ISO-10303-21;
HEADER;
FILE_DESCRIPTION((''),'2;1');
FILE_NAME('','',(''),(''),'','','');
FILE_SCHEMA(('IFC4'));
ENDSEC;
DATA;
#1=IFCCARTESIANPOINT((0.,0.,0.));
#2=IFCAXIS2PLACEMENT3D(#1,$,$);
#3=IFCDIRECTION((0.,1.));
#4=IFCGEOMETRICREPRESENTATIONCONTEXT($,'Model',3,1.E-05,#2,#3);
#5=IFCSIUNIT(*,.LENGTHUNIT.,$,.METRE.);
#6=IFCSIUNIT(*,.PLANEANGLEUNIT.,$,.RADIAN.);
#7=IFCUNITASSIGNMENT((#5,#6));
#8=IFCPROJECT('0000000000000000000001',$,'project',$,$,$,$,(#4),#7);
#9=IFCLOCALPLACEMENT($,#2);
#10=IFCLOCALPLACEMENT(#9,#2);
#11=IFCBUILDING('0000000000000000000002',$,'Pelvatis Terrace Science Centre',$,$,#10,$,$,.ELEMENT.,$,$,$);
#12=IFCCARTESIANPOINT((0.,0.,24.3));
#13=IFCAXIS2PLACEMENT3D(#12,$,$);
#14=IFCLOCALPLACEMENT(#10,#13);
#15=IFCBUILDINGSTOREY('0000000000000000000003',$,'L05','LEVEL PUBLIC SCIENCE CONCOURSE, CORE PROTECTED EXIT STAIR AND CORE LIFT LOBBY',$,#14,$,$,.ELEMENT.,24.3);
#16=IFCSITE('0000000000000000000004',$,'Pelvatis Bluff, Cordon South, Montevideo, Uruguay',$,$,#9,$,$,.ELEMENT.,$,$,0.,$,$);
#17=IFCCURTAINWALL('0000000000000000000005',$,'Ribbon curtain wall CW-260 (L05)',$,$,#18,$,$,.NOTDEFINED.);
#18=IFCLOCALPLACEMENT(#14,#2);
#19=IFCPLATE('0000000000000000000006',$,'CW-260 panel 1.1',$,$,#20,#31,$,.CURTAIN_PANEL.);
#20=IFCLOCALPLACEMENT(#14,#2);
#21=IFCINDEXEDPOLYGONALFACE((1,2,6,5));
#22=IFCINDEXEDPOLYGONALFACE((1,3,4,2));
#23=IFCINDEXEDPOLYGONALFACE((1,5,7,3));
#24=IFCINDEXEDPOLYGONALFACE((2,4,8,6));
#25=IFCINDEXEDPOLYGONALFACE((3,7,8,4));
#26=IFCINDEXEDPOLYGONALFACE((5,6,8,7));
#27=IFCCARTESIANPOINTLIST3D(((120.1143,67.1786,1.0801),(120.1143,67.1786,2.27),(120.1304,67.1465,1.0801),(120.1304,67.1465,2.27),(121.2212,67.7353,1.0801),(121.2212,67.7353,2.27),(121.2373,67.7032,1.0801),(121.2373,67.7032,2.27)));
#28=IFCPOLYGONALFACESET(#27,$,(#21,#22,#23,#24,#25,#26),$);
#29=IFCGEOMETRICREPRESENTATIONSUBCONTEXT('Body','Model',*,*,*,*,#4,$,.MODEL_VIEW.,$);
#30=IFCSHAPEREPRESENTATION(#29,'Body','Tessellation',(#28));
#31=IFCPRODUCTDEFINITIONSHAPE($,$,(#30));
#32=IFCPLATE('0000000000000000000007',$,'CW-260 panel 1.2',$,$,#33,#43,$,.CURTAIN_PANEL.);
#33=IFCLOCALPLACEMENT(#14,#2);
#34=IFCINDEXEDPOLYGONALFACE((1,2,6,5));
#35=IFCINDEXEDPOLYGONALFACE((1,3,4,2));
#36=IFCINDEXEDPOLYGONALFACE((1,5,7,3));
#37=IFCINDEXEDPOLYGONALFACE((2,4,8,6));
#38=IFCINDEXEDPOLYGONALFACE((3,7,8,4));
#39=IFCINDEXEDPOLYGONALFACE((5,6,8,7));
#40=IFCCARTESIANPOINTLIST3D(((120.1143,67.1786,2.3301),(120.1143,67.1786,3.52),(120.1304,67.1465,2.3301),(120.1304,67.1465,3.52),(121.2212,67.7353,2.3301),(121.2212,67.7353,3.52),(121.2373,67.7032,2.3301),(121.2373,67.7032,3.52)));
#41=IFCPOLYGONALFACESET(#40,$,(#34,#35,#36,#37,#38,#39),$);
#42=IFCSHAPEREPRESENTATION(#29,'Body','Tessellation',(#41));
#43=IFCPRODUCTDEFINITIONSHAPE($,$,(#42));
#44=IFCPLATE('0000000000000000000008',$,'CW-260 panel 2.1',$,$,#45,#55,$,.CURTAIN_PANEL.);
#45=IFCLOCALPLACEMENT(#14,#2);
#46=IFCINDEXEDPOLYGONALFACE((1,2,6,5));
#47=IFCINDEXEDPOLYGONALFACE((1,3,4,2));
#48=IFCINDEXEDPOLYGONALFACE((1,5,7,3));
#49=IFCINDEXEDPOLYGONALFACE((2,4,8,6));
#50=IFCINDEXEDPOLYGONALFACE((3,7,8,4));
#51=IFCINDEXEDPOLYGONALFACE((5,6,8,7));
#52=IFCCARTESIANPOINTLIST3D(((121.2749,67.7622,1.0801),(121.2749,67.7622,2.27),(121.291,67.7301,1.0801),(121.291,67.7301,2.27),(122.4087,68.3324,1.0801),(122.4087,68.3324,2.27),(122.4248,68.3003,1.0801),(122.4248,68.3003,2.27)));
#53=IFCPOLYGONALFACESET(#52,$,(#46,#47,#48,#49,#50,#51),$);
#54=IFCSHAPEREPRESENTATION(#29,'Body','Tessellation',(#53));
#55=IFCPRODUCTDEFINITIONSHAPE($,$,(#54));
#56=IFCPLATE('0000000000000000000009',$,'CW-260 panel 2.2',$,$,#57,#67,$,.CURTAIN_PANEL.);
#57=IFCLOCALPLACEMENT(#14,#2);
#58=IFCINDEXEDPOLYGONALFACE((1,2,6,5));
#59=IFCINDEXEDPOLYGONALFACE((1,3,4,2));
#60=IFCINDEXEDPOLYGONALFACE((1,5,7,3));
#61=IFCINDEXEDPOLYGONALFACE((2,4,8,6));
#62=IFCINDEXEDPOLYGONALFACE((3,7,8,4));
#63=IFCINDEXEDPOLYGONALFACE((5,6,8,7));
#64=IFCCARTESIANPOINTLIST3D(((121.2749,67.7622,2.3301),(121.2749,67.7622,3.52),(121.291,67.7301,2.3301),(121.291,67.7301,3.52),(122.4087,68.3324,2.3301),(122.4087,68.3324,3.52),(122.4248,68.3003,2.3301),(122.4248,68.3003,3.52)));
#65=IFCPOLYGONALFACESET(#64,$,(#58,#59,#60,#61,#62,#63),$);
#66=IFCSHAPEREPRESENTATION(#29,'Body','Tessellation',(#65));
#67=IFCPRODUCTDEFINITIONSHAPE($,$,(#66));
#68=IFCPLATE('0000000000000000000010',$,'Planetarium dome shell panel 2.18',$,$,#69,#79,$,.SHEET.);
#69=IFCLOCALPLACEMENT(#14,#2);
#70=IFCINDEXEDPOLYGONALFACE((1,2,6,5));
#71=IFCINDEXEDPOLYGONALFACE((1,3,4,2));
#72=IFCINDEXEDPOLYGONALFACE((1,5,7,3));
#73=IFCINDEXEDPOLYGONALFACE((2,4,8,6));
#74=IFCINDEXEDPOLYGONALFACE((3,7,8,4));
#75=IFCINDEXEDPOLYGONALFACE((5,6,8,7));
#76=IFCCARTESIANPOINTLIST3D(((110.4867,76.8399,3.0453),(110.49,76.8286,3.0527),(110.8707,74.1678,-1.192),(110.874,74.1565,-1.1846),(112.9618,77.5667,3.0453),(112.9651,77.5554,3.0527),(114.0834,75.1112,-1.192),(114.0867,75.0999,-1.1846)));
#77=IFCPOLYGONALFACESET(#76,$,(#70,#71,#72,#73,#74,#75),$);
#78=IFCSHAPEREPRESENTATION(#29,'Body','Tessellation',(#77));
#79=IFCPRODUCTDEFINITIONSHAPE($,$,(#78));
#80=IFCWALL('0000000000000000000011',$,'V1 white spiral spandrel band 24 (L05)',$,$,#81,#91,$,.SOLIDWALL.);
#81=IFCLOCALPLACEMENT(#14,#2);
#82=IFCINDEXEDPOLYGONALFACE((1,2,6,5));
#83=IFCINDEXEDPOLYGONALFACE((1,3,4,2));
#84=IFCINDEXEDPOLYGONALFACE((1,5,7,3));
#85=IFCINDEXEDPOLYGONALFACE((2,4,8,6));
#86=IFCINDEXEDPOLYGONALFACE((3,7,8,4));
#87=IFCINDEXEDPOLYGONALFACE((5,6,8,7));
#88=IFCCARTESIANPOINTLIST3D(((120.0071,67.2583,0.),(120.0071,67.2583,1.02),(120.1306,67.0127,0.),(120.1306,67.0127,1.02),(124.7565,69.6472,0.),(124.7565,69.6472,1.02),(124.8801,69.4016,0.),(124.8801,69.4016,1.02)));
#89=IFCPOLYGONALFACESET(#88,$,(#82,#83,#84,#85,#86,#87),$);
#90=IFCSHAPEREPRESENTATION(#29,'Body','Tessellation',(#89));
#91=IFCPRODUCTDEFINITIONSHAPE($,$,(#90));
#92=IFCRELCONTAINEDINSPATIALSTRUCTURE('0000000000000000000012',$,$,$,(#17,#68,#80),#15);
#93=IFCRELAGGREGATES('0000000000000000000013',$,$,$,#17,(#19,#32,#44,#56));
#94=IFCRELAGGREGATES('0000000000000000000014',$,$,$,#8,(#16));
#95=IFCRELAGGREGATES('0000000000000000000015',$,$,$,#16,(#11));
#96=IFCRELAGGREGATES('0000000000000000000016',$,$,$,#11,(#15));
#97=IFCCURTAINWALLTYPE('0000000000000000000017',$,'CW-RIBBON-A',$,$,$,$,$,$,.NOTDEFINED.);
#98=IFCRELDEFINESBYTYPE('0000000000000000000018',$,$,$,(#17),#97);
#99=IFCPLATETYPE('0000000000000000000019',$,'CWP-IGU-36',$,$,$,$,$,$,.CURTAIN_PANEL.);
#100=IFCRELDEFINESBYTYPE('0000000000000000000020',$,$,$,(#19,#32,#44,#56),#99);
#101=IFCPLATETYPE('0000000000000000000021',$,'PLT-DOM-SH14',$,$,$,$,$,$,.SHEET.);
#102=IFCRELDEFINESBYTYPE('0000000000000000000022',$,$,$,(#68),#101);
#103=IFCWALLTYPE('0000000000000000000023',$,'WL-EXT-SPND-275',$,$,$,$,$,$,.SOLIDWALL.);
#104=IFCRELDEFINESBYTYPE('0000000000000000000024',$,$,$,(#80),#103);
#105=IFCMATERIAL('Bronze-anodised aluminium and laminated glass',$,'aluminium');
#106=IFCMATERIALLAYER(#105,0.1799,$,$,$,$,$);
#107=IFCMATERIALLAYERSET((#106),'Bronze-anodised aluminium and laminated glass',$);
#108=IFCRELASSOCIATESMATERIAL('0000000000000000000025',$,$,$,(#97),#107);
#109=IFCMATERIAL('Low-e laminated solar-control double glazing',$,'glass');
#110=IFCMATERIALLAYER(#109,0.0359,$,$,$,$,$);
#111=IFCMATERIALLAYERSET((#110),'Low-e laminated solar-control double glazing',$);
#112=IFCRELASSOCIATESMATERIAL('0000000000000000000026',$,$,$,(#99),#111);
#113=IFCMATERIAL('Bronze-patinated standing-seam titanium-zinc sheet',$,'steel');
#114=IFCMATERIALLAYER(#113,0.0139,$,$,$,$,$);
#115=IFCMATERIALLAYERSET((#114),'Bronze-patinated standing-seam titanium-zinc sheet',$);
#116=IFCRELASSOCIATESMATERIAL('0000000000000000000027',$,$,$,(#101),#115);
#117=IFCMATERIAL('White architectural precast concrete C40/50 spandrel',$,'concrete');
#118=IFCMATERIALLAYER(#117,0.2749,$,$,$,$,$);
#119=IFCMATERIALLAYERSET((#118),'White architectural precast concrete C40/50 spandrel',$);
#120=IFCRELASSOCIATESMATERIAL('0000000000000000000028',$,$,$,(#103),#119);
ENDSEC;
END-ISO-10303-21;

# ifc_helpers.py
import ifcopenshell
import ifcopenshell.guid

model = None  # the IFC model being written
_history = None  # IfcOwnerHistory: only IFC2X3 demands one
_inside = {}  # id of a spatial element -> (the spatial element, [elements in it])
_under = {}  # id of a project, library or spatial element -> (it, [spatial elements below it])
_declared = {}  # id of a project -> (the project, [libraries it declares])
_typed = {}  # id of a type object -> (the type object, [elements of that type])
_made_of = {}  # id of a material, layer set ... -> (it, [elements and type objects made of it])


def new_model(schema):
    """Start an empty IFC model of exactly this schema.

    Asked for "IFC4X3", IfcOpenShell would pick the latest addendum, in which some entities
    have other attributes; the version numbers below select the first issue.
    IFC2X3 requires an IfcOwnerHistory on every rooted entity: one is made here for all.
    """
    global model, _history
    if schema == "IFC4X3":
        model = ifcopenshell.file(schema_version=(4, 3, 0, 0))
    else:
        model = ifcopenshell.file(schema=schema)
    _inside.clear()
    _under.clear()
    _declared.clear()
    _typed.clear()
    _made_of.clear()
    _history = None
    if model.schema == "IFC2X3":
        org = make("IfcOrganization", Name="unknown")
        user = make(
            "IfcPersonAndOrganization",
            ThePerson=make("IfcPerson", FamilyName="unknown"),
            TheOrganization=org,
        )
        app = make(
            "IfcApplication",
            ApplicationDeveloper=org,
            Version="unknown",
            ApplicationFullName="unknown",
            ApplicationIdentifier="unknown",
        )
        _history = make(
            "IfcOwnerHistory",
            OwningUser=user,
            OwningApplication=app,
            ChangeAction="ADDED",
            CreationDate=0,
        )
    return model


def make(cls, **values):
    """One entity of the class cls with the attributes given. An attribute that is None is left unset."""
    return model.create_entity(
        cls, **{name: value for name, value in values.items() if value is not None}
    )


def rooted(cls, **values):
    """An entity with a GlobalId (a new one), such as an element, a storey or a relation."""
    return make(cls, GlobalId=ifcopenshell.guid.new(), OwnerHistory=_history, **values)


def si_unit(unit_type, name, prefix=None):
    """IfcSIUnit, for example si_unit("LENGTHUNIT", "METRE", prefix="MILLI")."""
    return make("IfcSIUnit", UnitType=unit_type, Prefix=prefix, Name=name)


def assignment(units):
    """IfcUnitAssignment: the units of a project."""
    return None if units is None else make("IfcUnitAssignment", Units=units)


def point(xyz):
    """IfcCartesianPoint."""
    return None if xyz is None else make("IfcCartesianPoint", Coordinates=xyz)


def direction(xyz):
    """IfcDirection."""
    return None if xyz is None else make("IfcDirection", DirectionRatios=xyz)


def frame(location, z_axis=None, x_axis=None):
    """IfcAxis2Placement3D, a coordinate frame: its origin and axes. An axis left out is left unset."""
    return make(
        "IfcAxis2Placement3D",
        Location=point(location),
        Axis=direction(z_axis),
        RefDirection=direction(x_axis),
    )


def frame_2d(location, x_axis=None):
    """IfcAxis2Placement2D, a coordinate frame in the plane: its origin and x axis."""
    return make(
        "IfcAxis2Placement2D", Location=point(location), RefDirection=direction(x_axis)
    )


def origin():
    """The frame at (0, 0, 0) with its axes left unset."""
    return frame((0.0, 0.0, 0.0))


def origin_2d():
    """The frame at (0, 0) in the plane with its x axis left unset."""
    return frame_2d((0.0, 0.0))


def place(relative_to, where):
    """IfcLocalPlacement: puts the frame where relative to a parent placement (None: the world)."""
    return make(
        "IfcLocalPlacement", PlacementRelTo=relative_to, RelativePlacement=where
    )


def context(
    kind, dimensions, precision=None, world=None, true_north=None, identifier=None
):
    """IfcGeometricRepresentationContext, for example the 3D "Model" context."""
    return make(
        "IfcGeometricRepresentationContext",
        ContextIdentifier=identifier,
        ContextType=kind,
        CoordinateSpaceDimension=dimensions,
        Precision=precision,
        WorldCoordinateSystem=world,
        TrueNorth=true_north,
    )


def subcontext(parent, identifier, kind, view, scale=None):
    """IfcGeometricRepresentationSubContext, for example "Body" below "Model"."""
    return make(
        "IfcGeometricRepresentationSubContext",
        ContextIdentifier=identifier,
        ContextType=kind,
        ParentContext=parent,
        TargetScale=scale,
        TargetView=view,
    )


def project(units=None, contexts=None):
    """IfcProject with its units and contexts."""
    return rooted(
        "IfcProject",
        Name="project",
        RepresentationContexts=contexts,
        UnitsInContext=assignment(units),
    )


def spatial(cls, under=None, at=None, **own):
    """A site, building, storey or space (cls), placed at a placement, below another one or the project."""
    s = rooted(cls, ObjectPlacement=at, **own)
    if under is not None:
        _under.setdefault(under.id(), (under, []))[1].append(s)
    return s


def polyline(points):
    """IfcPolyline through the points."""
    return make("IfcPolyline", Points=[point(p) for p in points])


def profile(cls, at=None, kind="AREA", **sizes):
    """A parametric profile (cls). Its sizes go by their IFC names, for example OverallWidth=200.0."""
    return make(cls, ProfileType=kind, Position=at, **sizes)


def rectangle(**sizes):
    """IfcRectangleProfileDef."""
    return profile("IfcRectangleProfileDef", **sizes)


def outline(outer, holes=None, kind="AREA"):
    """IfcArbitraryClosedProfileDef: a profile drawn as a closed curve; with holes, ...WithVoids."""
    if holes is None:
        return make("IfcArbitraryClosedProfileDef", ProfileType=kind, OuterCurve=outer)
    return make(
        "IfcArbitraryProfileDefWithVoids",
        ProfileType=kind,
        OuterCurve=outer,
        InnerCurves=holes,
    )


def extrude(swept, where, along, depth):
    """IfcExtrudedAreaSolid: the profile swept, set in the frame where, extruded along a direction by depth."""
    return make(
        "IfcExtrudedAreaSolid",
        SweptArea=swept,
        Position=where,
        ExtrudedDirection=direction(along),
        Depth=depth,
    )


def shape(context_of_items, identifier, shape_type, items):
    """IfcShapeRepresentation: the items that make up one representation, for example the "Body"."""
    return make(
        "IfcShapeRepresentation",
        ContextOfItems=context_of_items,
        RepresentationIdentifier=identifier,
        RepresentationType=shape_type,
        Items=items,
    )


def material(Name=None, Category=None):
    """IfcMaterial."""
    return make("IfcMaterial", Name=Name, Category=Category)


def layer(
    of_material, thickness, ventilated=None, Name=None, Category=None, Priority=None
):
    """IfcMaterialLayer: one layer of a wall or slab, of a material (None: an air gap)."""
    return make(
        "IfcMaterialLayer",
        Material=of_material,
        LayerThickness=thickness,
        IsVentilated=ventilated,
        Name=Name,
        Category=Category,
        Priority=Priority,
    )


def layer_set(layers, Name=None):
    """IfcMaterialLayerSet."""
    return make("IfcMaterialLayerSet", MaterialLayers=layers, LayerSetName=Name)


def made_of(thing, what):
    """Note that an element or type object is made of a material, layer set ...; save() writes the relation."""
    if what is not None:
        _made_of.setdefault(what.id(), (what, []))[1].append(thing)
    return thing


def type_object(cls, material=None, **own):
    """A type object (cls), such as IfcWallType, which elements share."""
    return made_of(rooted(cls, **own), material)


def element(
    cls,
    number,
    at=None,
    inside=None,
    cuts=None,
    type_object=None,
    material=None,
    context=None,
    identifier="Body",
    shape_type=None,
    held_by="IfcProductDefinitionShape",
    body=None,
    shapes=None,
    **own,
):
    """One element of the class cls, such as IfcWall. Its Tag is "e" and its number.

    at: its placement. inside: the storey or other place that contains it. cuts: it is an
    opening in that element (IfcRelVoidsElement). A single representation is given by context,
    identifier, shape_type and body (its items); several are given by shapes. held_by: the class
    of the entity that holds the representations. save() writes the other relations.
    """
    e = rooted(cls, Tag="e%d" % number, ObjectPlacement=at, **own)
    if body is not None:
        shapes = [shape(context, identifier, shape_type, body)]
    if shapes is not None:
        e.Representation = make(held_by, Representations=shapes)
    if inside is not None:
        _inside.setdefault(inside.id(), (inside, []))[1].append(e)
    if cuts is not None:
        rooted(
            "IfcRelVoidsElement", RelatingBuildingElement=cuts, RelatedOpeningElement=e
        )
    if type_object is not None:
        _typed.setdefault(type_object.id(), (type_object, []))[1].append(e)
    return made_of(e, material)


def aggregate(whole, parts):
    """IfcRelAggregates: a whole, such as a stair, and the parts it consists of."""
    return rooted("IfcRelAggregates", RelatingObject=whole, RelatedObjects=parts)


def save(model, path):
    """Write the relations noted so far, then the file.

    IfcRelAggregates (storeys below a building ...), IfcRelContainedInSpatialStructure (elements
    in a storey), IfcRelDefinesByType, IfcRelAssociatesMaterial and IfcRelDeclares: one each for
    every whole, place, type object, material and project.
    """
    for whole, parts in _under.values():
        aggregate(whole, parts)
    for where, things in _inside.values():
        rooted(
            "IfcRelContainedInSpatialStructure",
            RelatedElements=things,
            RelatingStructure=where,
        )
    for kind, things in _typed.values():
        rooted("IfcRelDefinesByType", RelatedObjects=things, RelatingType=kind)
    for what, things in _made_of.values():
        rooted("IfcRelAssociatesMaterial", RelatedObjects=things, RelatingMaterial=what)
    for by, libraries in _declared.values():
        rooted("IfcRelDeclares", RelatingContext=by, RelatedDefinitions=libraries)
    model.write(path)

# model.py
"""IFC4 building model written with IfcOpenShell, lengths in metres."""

from ifc_helpers import new_model, si_unit, direction, frame, frame_2d, origin, origin_2d, place, context, subcontext, project, spatial, polyline, rectangle, outline, extrude, material, layer, layer_set, type_object, element, aggregate, save


model = new_model("IFC4")

# Units and contexts
model_context = context("Model", 3, precision=1e-05, world=origin(), true_north=direction((0.0, 1.0)))
body_context = subcontext(model_context, "Body", "Model", "MODEL_VIEW")
ifc_project = project(units=[si_unit("LENGTHUNIT", "METRE"), si_unit("PLANEANGLEUNIT", "RADIAN")], contexts=[model_context])

# Site, building, storey
site_placement = place(None, origin())
site = spatial("IfcSite", under=ifc_project, at=site_placement, Name="Pelvatis Bluff, Cordon South, Montevideo, Uruguay", CompositionType="ELEMENT", RefElevation=0.0)
building_placement = place(site_placement, origin())
building = spatial("IfcBuilding", under=site, at=building_placement, Name="Pelvatis Terrace Science Centre", CompositionType="ELEMENT")
storey_placement = place(building_placement, frame((0.0, 0.0, 24.3)))
storey = spatial("IfcBuildingStorey", under=building, at=storey_placement, Name="L05", Description="LEVEL PUBLIC SCIENCE CONCOURSE, CORE PROTECTED EXIT STAIR AND CORE LIFT LOBBY", CompositionType="ELEMENT", Elevation=24.3)

# Shared definitions
ifc_material_1 = material(Name="Bronze-anodised aluminium and laminated glass", Category="aluminium")
ifc_layer_1 = layer(ifc_material_1, 0.1799)
ifc_layer_set_1 = layer_set([ifc_layer_1], Name="Bronze-anodised aluminium and laminated glass")
curtain_wall_type = type_object("IfcCurtainWallType", Name="CW-RIBBON-A", PredefinedType="NOTDEFINED", material=ifc_layer_set_1)

# Curtain wall
curtain_wall_1_placement = place(storey_placement, origin())
curtain_wall_1 = element("IfcCurtainWall", 1, at=curtain_wall_1_placement, inside=storey, type_object=curtain_wall_type, Name="Ribbon curtain wall CW-260 (L05)", PredefinedType="NOTDEFINED")

# Plates
ifc_material_2 = material(Name="Low-e laminated solar-control double glazing", Category="glass")
ifc_layer_2 = layer(ifc_material_2, 0.0359)
ifc_layer_set_2 = layer_set([ifc_layer_2], Name="Low-e laminated solar-control double glazing")
plate_type_1 = type_object("IfcPlateType", Name="CWP-IGU-36", PredefinedType="CURTAIN_PANEL", material=ifc_layer_set_2)
plate_1_placement = place(storey_placement, frame((120.6758, 67.4409, 1.0801), z_axis=(0.0, 0.0, 1.0), x_axis=(0.893379, 0.449304, 0.0)))
plate_1 = element("IfcPlate", 2, at=plate_1_placement, type_object=plate_type_1, Name="CW-260 panel 1.1", PredefinedType="CURTAIN_PANEL", context=body_context, shape_type="SweptSolid", body=[
    extrude(rectangle(XDim=1.239, YDim=0.0359, at=origin_2d()), origin(), (0.0, 0.0, 1.0), 1.1899),
])
plate_2_placement = place(storey_placement, frame((120.6758, 67.4409, 2.3301), z_axis=(0.0, 0.0, 1.0), x_axis=(0.893379, 0.449304, 0.0)))
plate_2 = element("IfcPlate", 3, at=plate_2_placement, type_object=plate_type_1, Name="CW-260 panel 1.2", PredefinedType="CURTAIN_PANEL", context=body_context, shape_type="SweptSolid", body=[
    extrude(rectangle(XDim=1.239, YDim=0.0359, at=origin_2d()), origin(), (0.0, 0.0, 1.0), 1.1899),
])
plate_3_placement = place(storey_placement, frame((121.8499, 68.0312, 1.0801), z_axis=(0.0, 0.0, 1.0), x_axis=(0.893379, 0.449304, 0.0)))
plate_3 = element("IfcPlate", 4, at=plate_3_placement, type_object=plate_type_1, Name="CW-260 panel 2.1", PredefinedType="CURTAIN_PANEL", context=body_context, shape_type="SweptSolid", body=[
    extrude(rectangle(XDim=1.269, YDim=0.0359, at=origin_2d()), origin(), (0.0, 0.0, 1.0), 1.1899),
])
plate_4_placement = place(storey_placement, frame((121.8499, 68.0312, 2.3301), z_axis=(0.0, 0.0, 1.0), x_axis=(0.893379, 0.449304, 0.0)))
plate_4 = element("IfcPlate", 5, at=plate_4_placement, type_object=plate_type_1, Name="CW-260 panel 2.2", PredefinedType="CURTAIN_PANEL", context=body_context, shape_type="SweptSolid", body=[
    extrude(rectangle(XDim=1.269, YDim=0.0359, at=origin_2d()), origin(), (0.0, 0.0, 1.0), 1.1899),
])
aggregate(curtain_wall_1, [plate_1, plate_2, plate_3, plate_4])
ifc_material_3 = material(Name="Bronze-patinated standing-seam titanium-zinc sheet", Category="steel")
ifc_layer_3 = layer(ifc_material_3, 0.0139)
ifc_layer_set_3 = layer_set([ifc_layer_3], Name="Bronze-patinated standing-seam titanium-zinc sheet")
plate_type_2 = type_object("IfcPlateType", Name="PLT-DOM-SH14", PredefinedType="SHEET", material=ifc_layer_set_3)
plate_5_placement = place(storey_placement, frame((110.874, 74.1565, -1.1846), z_axis=(0.238318, -0.811593, 0.533406), x_axis=(0.959489, 0.281746, -0.000002)))
element("IfcPlate", 6, at=plate_5_placement, inside=storey, type_object=plate_type_2, Name="Planetarium dome shell panel 2.18", PredefinedType="SHEET", context=body_context, shape_type="SweptSolid", body=[
    extrude(outline(polyline([(0.0, 0.0), (3.3483, 0.0), (2.964, 5.0095), (0.3844, 5.0095), (0.0, 0.0)])), origin(), (0.0, 0.0, -1.0), 0.0139),
])

# Wall
ifc_material_4 = material(Name="White architectural precast concrete C40/50 spandrel", Category="concrete")
ifc_layer_4 = layer(ifc_material_4, 0.2749)
ifc_layer_set_4 = layer_set([ifc_layer_4], Name="White architectural precast concrete C40/50 spandrel")
wall_type = type_object("IfcWallType", Name="WL-EXT-SPND-275", PredefinedType="SOLIDWALL", material=ifc_layer_set_4)
wall_placement = place(storey_placement, frame((120.0688, 67.1355, 0.0), z_axis=(0.0, 0.0, 1.0), x_axis=(0.893359, 0.449343, 0.0)))
element("IfcWall", 7, at=wall_placement, inside=storey, type_object=wall_type, Name="V1 white spiral spandrel band 24 (L05)", PredefinedType="SOLIDWALL", context=body_context, shape_type="SweptSolid", body=[
    extrude(rectangle(XDim=5.3164, YDim=0.2749, at=frame_2d((2.6582, 0.0))), origin(), (0.0, 0.0, 1.0), 1.02),
])

save(model, "model.ifc")
